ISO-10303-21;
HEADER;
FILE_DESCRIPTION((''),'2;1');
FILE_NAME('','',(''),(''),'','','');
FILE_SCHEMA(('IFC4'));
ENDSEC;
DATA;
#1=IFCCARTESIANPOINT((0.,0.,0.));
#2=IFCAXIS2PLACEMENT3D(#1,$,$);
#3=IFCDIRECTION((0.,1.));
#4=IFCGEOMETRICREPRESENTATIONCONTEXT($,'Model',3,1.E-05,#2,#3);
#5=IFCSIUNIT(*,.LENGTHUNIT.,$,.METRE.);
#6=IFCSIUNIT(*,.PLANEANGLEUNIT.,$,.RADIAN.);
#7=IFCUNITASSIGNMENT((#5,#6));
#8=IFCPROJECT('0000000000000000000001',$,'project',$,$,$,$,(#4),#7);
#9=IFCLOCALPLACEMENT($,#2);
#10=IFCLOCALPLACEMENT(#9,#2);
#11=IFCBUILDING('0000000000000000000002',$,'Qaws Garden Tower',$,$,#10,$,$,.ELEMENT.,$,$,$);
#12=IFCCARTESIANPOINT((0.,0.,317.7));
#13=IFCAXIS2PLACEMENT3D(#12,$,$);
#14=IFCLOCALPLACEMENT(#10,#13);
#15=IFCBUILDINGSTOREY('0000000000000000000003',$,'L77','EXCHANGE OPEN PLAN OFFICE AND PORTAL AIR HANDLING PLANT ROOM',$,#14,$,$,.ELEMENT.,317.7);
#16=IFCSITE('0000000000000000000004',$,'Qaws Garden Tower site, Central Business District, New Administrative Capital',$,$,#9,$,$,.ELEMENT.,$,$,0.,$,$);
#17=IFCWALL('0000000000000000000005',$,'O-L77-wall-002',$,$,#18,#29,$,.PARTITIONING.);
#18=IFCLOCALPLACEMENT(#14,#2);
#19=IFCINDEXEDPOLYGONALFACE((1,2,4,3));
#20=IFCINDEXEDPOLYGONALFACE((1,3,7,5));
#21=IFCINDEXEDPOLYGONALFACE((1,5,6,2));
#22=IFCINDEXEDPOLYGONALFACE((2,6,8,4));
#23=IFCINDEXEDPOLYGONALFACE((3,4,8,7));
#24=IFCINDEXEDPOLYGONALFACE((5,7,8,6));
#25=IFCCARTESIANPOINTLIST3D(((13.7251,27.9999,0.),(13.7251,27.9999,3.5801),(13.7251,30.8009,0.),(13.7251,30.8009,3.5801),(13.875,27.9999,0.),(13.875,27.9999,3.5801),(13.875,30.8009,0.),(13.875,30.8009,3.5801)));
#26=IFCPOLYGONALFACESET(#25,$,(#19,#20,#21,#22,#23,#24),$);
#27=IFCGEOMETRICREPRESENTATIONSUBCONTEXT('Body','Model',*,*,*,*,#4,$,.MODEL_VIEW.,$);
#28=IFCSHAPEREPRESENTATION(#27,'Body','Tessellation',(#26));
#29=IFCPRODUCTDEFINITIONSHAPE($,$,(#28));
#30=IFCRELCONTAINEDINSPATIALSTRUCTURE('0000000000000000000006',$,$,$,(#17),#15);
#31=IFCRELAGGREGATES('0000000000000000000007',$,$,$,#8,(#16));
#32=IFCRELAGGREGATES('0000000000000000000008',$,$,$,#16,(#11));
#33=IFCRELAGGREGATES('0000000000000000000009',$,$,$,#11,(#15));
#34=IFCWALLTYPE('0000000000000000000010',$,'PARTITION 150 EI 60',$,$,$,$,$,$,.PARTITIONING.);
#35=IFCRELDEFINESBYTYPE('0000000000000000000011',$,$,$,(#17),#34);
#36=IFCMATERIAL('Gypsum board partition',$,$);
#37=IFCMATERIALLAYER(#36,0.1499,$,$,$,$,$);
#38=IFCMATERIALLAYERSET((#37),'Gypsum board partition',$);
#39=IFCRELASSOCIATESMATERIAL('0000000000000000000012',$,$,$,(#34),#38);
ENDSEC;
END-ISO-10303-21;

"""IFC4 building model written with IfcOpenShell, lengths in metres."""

from ifc_helpers import new_model, si_unit, direction, frame, frame_2d, origin, place, context, subcontext, project, spatial, rectangle, extrude, material, layer, layer_set, type_object, element, save


model = new_model("IFC4")

# Units and contexts
model_context = context("Model", 3, precision=1e-05, world=origin(), true_north=direction((0.0, 1.0)))
body_context = subcontext(model_context, "Body", "Model", "MODEL_VIEW")
ifc_project = project(units=[si_unit("LENGTHUNIT", "METRE"), si_unit("PLANEANGLEUNIT", "RADIAN")], contexts=[model_context])

# Site, building, storey
site_placement = place(None, origin())
site = spatial("IfcSite", under=ifc_project, at=site_placement, Name="Qaws Garden Tower site, Central Business District, New Administrative Capital", CompositionType="ELEMENT", RefElevation=0.0)
building_placement = place(site_placement, origin())
building = spatial("IfcBuilding", under=site, at=building_placement, Name="Qaws Garden Tower", CompositionType="ELEMENT")
storey_placement = place(building_placement, frame((0.0, 0.0, 317.7)))
storey = spatial("IfcBuildingStorey", under=building, at=storey_placement, Name="L77", Description="EXCHANGE OPEN PLAN OFFICE AND PORTAL AIR HANDLING PLANT ROOM", CompositionType="ELEMENT", Elevation=317.7)

# Wall
ifc_material_1 = material(Name="Gypsum board partition")
ifc_layer_1 = layer(ifc_material_1, 0.1499)
ifc_layer_set_1 = layer_set([ifc_layer_1], Name="Gypsum board partition")
wall_type_1 = type_object("IfcWallType", Name="PARTITION 150 EI 60", PredefinedType="PARTITIONING", material=ifc_layer_set_1)
wall_1_placement = place(storey_placement, frame((13.8, 28.0, 0.0), z_axis=(0.0, 0.0, 1.0), x_axis=(0.0, 1.0, 0.0)))
element("IfcWall", 1, at=wall_1_placement, inside=storey, type_object=wall_type_1, Name="O-L77-wall-002", PredefinedType="PARTITIONING", context=body_context, shape_type="SweptSolid", body=[
    extrude(rectangle(XDim=2.801, YDim=0.1499, at=frame_2d((1.4004, 0.0))), origin(), (0.0, 0.0, 1.0), 3.5801),
])

save(model, "model.ifc")
